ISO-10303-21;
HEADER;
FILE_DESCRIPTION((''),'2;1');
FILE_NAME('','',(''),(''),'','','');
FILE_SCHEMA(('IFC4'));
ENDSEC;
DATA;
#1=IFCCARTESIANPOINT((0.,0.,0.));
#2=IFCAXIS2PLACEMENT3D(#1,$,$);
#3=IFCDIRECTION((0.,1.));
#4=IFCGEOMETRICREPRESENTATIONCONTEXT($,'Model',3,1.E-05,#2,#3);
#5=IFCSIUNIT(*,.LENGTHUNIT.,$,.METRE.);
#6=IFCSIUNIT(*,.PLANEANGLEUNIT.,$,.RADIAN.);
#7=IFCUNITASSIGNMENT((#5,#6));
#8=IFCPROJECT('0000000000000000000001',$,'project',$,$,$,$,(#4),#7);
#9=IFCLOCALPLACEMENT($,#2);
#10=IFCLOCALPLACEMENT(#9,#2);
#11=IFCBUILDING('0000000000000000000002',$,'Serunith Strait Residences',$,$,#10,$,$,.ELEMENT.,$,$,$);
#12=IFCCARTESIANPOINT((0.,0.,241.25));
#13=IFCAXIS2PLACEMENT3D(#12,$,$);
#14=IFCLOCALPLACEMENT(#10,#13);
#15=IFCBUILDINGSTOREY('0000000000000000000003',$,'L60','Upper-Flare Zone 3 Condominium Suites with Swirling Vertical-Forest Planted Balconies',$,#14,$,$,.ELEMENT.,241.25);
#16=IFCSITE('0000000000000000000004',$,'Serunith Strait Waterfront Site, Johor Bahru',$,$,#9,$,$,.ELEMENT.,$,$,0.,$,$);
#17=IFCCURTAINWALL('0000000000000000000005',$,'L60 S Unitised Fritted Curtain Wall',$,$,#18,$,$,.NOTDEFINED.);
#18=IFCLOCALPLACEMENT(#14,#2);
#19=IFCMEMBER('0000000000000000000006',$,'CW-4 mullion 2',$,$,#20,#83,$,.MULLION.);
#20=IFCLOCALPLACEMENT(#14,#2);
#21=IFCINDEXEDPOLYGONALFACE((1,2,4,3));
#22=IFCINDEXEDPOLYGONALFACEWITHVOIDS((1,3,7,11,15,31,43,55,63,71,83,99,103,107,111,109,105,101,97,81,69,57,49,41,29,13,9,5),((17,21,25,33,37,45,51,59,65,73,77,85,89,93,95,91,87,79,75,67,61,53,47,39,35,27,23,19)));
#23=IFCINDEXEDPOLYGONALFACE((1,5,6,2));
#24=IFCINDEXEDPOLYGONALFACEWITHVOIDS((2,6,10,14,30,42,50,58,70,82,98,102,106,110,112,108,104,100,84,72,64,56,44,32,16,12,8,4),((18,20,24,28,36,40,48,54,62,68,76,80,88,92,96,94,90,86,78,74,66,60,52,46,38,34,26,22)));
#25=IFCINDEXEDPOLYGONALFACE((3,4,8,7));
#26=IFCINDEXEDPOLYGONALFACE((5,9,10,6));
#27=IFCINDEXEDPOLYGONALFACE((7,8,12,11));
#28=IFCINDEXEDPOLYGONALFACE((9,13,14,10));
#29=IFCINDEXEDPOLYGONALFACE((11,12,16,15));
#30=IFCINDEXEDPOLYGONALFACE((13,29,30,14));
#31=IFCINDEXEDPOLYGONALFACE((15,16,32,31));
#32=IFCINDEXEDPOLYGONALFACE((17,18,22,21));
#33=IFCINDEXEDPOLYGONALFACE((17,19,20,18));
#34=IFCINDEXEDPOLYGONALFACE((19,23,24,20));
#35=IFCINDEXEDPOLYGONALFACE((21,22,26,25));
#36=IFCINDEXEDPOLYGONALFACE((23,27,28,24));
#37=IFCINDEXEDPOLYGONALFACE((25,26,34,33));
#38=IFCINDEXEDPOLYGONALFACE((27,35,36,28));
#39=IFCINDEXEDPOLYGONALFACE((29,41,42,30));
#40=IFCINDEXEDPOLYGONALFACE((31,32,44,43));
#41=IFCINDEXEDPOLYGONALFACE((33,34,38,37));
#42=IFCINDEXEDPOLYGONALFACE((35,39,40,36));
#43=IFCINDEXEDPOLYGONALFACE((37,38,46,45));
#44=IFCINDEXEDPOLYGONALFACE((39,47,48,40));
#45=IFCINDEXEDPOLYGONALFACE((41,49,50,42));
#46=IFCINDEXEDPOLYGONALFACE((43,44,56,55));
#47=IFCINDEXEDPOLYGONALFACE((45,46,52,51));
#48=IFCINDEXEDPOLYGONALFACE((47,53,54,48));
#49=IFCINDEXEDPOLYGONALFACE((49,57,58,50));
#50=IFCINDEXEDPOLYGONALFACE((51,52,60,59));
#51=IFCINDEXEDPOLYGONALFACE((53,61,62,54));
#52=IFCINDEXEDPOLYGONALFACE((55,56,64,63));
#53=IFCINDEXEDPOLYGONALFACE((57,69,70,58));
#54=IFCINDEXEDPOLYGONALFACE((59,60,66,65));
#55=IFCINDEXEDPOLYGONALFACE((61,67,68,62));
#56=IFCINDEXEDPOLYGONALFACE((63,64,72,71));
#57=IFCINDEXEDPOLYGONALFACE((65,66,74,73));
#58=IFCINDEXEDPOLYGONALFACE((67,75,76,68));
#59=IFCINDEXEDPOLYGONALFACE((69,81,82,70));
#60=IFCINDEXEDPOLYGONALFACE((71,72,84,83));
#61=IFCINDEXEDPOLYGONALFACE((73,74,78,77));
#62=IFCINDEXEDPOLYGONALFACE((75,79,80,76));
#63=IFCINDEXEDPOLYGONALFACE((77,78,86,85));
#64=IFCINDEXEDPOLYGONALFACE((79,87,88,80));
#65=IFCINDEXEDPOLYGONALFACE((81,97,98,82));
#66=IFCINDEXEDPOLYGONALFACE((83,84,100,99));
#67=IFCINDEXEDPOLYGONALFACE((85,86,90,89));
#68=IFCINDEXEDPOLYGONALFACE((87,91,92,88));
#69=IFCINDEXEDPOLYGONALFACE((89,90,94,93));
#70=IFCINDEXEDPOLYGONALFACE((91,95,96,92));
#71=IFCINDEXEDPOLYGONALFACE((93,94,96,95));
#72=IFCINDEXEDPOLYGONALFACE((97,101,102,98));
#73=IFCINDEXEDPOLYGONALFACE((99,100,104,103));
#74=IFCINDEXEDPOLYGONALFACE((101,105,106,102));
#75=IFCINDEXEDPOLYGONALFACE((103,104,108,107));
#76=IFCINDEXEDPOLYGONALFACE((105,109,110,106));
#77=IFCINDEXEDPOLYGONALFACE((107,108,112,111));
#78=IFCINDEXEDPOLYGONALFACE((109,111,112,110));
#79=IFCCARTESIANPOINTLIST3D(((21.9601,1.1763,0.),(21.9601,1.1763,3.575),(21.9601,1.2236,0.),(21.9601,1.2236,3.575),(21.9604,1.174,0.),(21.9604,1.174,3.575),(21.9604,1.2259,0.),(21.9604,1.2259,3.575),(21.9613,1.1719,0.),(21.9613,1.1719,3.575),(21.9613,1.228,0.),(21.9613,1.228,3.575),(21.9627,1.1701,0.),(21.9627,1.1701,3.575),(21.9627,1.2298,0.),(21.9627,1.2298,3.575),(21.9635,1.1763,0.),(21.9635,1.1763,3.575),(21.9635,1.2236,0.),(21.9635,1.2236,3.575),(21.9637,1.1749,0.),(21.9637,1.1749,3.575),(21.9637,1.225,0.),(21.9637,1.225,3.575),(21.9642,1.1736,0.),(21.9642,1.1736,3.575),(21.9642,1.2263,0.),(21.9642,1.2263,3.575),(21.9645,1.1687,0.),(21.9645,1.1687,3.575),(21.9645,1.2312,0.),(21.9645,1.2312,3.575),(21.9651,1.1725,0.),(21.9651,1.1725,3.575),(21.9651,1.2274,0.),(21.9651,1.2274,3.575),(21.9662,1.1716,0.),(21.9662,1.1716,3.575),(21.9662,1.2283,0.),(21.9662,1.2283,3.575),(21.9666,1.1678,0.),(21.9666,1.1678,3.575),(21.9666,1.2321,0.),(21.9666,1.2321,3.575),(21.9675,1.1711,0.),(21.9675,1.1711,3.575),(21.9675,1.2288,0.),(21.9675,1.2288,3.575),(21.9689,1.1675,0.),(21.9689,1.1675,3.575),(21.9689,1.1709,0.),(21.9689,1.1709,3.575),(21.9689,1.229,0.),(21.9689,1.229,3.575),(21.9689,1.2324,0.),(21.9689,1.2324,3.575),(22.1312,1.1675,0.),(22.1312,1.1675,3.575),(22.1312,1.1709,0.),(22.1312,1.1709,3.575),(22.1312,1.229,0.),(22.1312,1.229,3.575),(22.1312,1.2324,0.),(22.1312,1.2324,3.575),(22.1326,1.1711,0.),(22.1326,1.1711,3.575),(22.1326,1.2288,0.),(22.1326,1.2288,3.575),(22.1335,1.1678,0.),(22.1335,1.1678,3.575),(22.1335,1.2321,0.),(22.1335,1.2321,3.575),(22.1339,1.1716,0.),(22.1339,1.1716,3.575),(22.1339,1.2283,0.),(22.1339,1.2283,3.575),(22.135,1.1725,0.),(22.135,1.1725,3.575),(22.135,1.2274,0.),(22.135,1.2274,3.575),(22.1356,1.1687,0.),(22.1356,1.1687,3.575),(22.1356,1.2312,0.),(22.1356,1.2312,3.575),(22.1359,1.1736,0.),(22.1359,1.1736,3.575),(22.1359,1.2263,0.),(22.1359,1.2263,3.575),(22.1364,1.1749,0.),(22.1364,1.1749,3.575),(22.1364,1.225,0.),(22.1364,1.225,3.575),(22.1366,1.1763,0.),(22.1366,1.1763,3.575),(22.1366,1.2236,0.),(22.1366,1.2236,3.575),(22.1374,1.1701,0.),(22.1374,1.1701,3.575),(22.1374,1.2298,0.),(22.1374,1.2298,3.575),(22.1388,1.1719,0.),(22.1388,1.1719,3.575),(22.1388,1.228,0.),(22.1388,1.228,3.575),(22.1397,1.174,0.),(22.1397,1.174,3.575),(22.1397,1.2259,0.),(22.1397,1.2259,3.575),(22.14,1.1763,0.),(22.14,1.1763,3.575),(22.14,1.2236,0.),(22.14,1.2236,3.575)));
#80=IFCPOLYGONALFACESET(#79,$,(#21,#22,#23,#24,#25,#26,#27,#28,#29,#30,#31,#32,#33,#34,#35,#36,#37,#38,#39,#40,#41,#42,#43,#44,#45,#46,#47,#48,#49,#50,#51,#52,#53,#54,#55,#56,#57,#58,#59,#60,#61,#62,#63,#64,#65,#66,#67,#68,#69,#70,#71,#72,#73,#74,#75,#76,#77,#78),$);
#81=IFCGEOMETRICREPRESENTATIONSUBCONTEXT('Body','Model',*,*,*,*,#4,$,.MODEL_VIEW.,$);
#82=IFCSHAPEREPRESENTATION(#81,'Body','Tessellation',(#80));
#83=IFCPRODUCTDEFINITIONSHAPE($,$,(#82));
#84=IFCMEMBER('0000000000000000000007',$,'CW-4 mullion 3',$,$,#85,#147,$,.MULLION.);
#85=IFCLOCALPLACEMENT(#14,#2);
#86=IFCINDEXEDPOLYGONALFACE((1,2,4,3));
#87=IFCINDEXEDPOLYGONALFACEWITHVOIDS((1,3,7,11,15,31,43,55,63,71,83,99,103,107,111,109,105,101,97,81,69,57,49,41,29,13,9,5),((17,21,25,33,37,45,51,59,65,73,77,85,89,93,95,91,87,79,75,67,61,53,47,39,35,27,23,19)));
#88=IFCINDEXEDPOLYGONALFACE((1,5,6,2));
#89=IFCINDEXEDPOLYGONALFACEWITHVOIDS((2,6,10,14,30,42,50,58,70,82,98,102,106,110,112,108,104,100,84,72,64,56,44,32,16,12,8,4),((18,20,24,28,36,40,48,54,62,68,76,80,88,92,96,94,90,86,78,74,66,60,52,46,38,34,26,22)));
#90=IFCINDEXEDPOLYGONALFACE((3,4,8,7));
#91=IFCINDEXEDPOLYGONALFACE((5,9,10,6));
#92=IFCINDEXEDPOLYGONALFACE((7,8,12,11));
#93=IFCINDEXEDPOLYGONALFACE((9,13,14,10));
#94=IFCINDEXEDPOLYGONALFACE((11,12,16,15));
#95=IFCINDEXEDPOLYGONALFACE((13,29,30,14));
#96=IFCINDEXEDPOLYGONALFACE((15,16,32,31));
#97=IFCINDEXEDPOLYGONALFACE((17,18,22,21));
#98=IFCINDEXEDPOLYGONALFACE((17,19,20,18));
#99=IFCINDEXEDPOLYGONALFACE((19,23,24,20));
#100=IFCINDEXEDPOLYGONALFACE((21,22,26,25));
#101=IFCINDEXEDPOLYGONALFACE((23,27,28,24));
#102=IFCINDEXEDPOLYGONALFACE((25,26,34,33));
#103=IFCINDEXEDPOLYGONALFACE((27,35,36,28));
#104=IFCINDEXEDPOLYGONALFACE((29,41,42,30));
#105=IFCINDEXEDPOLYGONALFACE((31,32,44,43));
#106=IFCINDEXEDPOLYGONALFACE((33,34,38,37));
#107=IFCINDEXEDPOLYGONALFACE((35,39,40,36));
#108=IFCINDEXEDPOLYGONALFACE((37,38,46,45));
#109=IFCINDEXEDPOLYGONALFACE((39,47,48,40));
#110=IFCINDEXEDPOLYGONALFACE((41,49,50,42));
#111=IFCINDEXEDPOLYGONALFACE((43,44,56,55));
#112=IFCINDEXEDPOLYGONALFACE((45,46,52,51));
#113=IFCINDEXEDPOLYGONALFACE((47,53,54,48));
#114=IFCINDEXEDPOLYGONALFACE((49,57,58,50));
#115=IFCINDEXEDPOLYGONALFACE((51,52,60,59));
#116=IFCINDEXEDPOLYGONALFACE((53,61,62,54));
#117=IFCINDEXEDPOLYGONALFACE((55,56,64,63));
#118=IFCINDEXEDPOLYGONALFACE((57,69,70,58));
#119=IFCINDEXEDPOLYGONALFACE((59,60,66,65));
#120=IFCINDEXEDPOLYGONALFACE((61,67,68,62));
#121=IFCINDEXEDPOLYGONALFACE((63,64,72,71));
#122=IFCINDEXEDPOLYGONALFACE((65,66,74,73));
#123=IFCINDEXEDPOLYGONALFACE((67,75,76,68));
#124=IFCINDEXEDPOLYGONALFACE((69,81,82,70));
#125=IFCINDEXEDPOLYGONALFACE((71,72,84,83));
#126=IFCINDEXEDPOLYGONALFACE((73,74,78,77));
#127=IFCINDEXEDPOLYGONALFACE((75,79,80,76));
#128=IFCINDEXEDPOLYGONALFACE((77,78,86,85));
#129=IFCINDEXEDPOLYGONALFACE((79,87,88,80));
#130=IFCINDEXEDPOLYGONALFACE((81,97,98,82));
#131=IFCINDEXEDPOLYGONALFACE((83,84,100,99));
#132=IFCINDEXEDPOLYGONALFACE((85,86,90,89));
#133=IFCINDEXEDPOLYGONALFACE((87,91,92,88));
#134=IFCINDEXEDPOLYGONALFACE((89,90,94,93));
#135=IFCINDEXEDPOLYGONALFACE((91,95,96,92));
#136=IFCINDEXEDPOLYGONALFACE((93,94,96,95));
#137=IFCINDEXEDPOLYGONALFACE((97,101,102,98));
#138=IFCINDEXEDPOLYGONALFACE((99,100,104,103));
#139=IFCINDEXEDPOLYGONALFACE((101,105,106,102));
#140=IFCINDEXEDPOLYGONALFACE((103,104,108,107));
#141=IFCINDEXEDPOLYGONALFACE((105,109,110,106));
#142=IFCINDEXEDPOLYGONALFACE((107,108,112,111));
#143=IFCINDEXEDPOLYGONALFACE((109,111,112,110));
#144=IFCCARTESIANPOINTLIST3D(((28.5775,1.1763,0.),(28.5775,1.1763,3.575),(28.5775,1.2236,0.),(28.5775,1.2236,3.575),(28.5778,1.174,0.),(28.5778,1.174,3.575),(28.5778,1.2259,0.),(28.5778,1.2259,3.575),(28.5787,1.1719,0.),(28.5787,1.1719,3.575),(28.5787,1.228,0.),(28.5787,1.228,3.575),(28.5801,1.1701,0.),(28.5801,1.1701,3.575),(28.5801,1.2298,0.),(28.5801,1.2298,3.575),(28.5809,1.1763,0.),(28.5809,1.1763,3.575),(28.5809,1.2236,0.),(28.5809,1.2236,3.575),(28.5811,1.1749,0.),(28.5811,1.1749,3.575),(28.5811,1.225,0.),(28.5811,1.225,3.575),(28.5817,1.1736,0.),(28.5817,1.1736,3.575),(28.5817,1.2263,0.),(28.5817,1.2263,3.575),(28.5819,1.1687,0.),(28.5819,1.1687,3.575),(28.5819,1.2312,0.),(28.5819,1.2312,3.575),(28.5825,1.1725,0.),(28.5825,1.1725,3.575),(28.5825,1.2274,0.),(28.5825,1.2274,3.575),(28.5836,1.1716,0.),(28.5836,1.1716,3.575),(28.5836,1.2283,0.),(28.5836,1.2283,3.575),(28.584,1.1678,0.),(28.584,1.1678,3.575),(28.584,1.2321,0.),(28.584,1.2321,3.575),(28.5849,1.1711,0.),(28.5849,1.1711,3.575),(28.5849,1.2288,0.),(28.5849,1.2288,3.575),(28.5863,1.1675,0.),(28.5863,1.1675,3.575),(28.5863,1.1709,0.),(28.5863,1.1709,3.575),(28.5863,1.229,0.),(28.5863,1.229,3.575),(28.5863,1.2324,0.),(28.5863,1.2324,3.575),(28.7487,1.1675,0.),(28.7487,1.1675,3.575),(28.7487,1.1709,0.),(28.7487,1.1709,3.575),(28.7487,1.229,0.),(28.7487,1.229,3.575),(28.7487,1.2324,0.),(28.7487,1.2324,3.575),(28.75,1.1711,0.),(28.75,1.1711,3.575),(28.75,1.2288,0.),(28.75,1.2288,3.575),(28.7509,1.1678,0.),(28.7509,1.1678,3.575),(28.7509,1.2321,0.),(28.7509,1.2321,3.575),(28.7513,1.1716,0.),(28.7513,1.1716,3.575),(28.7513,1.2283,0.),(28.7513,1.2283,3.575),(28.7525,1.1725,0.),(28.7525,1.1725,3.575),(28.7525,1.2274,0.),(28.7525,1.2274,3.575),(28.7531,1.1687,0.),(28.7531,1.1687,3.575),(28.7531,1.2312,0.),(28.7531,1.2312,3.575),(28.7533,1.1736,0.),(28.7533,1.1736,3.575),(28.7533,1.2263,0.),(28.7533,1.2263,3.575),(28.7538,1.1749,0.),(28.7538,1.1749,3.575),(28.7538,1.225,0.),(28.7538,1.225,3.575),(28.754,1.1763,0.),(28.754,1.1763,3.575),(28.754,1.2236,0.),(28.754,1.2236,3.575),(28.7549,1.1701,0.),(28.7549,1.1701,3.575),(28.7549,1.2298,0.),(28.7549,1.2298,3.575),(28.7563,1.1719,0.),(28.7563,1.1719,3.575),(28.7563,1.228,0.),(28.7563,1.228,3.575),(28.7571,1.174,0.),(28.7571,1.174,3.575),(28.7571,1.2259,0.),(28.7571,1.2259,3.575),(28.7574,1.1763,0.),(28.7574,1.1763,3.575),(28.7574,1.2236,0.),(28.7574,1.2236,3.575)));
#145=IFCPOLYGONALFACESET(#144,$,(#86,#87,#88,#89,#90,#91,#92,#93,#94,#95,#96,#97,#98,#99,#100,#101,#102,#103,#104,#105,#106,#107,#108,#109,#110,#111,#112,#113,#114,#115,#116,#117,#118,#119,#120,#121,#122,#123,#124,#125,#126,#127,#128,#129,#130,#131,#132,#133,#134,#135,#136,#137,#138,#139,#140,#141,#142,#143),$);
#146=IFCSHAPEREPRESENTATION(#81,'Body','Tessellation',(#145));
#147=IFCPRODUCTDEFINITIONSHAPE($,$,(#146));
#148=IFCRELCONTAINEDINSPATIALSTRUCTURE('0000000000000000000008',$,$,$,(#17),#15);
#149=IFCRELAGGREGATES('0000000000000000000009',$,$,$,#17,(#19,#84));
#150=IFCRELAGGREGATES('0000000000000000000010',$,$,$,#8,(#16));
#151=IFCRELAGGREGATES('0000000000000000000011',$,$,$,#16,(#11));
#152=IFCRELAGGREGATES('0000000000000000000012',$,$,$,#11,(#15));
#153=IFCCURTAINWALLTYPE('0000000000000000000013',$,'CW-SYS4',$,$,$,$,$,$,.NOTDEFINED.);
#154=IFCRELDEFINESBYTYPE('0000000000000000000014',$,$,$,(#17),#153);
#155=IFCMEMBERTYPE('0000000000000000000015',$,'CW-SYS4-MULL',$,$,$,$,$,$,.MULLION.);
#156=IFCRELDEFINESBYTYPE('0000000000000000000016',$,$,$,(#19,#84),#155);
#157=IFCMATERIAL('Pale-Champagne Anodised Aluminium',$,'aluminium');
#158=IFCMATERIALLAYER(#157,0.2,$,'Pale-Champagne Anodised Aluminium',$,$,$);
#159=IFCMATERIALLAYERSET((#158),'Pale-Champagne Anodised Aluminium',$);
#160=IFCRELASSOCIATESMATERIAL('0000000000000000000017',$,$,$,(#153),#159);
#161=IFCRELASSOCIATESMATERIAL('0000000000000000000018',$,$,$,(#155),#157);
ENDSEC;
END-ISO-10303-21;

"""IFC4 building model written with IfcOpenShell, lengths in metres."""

from ifc_helpers import new_model, si_unit, direction, frame, origin, origin_2d, place, context, subcontext, project, spatial, hollow_rectangle, extrude, source, transform, mapped, material, layer, layer_set, material_profile, profile_set, type_object, element, aggregate, save


model = new_model("IFC4")

# Units and contexts
model_context = context("Model", 3, precision=1e-05, world=origin(), true_north=direction((0.0, 1.0)))
body_context = subcontext(model_context, "Body", "Model", "MODEL_VIEW")
ifc_project = project(units=[si_unit("LENGTHUNIT", "METRE"), si_unit("PLANEANGLEUNIT", "RADIAN")], contexts=[model_context])

# Site, building, storey
site_placement = place(None, origin())
site = spatial("IfcSite", under=ifc_project, at=site_placement, Name="Serunith Strait Waterfront Site, Johor Bahru", CompositionType="ELEMENT", RefElevation=0.0)
building_placement = place(site_placement, origin())
building = spatial("IfcBuilding", under=site, at=building_placement, Name="Serunith Strait Residences", CompositionType="ELEMENT")
storey_placement = place(building_placement, frame((0.0, 0.0, 241.25)))
storey = spatial("IfcBuildingStorey", under=building, at=storey_placement, Name="L60", Description="Upper-Flare Zone 3 Condominium Suites with Swirling Vertical-Forest Planted Balconies", CompositionType="ELEMENT", Elevation=241.25)

# Curtain wall, members
ifc_material_1 = material(Name="Pale-Champagne Anodised Aluminium", Category="aluminium")
ifc_layer_1 = layer(ifc_material_1, 0.2, Name="Pale-Champagne Anodised Aluminium")
ifc_layer_set_1 = layer_set([ifc_layer_1], Name="Pale-Champagne Anodised Aluminium")
curtain_wall_type = type_object("IfcCurtainWallType", Name="CW-SYS4", PredefinedType="NOTDEFINED", material=ifc_layer_set_1)
curtain_wall_placement = place(storey_placement, origin())
curtain_wall = element("IfcCurtainWall", 1, at=curtain_wall_placement, inside=storey, type_object=curtain_wall_type, Name="L60 S Unitised Fritted Curtain Wall", PredefinedType="NOTDEFINED")
ifc_material_profile_1 = material_profile(ifc_material_1, hollow_rectangle(XDim=0.0649, YDim=0.1799, WallThickness=0.0034, InnerFilletRadius=0.0054, OuterFilletRadius=0.0088, at=origin_2d()), Name="ALU 180x65x3.5")
ifc_profile_set_1 = profile_set([ifc_material_profile_1], Name="Pale-Champagne Anodised Aluminium")
member_type_1 = type_object("IfcMemberType", Name="CW-SYS4-MULL", PredefinedType="MULLION", material=ifc_profile_set_1)
shared_shape_1 = source(origin(), body_context, "Body", "SweptSolid", [
    extrude(hollow_rectangle(XDim=0.0649, YDim=0.1799, WallThickness=0.0034, InnerFilletRadius=0.0054, OuterFilletRadius=0.0088, at=origin_2d()), origin(), (0.0, 0.0, 1.0), 3.575),
])
member_1_placement = place(storey_placement, frame((22.05, 1.2, 0.0), z_axis=(0.0, 0.0, 1.0), x_axis=(0.0, 1.0, 0.0)))
member_1 = element("IfcMember", 2, at=member_1_placement, type_object=member_type_1, Name="CW-4 mullion 2", PredefinedType="MULLION", context=body_context, shape_type="MappedRepresentation", body=[
    mapped(shared_shape_1, transform((0.0, 0.0, 0.0), scale=1.0)),
])
member_2_placement = place(storey_placement, frame((28.6675, 1.2, 0.0), z_axis=(0.0, 0.0, 1.0), x_axis=(0.0, 1.0, 0.0)))
member_2 = element("IfcMember", 3, at=member_2_placement, type_object=member_type_1, Name="CW-4 mullion 3", PredefinedType="MULLION", context=body_context, shape_type="MappedRepresentation", body=[
    mapped(shared_shape_1, transform((0.0, 0.0, 0.0), scale=1.0)),
])
aggregate(curtain_wall, [member_1, member_2])

save(model, "model.ifc")
